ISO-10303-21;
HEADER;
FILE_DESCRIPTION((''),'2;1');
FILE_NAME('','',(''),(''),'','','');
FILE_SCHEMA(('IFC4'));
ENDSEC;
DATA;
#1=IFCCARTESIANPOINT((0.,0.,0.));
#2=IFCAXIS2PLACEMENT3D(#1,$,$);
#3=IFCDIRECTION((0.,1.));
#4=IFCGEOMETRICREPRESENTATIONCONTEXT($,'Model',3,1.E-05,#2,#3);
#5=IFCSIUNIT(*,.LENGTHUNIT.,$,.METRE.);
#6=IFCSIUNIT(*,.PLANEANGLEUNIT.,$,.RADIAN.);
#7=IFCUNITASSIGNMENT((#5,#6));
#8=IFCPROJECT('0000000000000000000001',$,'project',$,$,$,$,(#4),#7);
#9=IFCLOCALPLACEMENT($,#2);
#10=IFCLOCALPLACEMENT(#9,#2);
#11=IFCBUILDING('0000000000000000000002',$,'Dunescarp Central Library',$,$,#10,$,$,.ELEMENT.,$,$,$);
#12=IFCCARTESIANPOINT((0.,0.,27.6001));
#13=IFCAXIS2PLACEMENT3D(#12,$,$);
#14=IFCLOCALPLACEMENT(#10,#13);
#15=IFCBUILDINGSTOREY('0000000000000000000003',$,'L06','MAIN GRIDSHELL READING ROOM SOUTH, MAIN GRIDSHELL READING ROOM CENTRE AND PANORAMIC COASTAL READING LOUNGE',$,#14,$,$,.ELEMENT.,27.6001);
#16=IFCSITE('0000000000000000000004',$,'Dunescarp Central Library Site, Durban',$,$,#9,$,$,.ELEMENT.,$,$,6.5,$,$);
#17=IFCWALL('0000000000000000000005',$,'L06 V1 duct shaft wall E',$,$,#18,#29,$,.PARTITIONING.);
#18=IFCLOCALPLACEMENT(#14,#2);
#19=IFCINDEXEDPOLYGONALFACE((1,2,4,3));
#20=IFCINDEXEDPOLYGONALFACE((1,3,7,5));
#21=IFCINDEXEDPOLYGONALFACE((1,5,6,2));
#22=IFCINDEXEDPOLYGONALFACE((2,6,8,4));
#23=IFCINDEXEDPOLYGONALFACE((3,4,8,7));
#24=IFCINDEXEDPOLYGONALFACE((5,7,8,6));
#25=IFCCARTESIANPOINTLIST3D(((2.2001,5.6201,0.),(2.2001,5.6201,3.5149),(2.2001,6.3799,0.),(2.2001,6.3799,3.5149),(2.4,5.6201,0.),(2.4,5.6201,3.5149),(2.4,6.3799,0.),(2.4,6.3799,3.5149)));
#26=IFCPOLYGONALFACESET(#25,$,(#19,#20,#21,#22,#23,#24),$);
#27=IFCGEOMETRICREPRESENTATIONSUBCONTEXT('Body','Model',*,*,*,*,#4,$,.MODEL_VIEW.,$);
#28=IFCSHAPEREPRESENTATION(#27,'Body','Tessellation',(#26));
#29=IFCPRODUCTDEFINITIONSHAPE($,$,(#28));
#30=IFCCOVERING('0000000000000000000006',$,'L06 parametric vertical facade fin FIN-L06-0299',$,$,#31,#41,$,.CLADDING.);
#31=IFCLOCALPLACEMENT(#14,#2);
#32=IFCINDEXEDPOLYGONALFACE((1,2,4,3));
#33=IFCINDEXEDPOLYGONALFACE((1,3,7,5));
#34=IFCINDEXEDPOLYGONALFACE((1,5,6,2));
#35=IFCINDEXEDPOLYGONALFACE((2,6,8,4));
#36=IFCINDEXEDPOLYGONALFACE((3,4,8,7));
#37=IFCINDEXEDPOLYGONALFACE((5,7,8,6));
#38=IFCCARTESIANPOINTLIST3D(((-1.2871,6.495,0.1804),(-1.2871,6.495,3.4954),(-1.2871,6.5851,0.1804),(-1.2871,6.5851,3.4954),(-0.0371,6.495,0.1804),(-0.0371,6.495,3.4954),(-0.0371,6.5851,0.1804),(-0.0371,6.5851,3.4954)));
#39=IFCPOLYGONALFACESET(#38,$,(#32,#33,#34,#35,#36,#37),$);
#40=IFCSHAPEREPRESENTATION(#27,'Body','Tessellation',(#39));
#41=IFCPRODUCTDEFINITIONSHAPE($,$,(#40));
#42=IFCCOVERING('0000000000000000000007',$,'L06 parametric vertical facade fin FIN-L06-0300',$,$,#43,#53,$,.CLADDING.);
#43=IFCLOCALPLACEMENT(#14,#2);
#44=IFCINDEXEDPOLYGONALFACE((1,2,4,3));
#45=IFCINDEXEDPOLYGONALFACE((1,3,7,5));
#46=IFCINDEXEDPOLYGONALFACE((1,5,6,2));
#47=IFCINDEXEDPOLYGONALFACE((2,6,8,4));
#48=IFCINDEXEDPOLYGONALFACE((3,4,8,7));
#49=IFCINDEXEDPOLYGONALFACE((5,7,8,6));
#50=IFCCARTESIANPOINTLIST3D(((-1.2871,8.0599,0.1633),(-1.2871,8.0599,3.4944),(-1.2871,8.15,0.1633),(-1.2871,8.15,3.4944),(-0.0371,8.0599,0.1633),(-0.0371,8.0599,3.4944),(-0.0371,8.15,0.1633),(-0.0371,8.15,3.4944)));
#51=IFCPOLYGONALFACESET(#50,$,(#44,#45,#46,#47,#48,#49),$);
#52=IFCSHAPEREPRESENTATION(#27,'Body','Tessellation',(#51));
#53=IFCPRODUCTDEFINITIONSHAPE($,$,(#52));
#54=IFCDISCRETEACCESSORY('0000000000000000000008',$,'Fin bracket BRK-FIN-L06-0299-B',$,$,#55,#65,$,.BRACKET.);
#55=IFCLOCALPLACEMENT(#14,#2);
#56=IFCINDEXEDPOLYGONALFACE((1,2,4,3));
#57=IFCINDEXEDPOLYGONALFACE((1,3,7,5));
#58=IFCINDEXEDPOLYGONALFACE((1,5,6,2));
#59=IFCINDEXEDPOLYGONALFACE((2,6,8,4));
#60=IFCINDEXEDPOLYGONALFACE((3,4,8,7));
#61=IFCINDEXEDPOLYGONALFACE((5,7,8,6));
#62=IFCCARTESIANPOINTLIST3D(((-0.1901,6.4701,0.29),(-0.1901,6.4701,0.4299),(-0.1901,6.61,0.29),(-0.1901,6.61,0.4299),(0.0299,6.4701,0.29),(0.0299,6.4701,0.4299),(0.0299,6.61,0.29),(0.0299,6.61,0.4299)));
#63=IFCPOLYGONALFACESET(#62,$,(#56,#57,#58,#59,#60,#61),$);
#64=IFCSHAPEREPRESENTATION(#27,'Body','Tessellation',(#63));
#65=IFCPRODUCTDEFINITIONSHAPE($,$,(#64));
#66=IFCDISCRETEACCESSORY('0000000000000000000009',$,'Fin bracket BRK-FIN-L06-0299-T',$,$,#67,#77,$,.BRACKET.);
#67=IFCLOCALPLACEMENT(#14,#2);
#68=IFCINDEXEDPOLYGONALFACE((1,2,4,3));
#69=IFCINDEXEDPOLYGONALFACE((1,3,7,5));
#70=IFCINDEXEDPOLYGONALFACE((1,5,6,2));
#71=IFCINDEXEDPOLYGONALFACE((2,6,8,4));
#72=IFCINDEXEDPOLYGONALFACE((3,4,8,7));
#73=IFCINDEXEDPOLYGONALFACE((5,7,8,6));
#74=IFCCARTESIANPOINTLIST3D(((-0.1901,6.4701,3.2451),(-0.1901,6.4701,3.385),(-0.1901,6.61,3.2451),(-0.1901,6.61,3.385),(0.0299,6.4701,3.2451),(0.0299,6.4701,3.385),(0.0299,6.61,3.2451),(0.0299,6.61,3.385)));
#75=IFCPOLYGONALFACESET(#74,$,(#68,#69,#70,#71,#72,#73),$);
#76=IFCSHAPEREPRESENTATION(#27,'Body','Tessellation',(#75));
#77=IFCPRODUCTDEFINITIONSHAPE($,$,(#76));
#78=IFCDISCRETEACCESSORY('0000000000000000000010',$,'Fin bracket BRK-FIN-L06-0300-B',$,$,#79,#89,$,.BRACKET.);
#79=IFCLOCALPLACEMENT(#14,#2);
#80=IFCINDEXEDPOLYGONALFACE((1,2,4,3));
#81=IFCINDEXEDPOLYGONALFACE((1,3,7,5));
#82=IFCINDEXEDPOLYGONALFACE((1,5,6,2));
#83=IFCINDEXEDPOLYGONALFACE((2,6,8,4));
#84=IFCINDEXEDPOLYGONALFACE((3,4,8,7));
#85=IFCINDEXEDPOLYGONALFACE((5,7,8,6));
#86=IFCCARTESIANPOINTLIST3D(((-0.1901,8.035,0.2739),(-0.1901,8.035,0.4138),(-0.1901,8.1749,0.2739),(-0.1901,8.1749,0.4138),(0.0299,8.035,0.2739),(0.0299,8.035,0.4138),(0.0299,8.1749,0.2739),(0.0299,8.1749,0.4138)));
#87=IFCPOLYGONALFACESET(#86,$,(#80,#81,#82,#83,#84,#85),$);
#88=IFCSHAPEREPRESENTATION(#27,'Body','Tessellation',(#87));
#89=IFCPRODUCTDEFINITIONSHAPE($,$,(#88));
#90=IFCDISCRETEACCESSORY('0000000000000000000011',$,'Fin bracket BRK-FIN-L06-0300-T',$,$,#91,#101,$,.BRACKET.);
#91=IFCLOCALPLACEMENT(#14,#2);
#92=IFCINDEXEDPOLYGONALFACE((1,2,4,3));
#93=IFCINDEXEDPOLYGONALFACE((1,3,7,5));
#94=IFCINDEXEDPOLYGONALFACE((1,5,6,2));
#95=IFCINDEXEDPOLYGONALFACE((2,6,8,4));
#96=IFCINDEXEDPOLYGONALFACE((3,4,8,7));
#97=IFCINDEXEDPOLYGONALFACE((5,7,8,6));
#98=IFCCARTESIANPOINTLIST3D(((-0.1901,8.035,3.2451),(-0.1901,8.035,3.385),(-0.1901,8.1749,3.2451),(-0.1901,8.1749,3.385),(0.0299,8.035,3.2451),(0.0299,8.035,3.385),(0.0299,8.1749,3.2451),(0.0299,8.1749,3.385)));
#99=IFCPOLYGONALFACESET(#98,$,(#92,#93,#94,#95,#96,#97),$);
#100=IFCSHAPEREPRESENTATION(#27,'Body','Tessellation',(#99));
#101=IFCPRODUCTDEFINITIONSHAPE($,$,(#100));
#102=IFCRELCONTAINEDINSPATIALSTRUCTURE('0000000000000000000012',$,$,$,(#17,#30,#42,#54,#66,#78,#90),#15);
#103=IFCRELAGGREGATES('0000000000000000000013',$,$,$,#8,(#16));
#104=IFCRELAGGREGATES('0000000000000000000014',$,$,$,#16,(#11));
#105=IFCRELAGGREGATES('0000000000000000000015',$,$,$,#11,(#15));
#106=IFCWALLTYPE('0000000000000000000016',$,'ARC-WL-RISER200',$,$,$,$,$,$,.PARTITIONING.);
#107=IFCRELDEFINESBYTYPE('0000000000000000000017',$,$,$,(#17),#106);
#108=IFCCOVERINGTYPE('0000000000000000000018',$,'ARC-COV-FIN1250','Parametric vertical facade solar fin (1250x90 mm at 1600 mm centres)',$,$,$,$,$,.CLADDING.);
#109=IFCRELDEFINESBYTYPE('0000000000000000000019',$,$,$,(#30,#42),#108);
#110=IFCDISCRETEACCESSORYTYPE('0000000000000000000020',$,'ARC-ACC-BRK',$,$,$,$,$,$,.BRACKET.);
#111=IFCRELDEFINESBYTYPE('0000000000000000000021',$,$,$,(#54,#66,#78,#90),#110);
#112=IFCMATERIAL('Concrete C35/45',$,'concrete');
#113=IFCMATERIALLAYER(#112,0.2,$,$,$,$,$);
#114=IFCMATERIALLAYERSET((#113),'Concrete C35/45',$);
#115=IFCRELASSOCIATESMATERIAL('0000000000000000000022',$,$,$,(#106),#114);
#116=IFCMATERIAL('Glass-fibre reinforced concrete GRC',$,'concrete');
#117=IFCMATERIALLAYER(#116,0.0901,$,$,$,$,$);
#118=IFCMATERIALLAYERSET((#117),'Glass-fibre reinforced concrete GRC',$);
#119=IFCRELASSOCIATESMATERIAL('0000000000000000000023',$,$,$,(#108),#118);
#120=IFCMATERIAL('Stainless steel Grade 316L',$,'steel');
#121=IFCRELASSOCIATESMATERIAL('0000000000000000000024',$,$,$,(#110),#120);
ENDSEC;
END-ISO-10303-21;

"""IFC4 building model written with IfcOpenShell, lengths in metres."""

from ifc_helpers import new_model, si_unit, direction, frame, frame_2d, origin, origin_2d, place, context, subcontext, project, spatial, rectangle, extrude, material, layer, layer_set, type_object, element, save


model = new_model("IFC4")

# Units and contexts
model_context = context("Model", 3, precision=1e-05, world=origin(), true_north=direction((0.0, 1.0)))
body_context = subcontext(model_context, "Body", "Model", "MODEL_VIEW")
ifc_project = project(units=[si_unit("LENGTHUNIT", "METRE"), si_unit("PLANEANGLEUNIT", "RADIAN")], contexts=[model_context])

# Site, building, storey
site_placement = place(None, origin())
site = spatial("IfcSite", under=ifc_project, at=site_placement, Name="Dunescarp Central Library Site, Durban", CompositionType="ELEMENT", RefElevation=6.5)
building_placement = place(site_placement, origin())
building = spatial("IfcBuilding", under=site, at=building_placement, Name="Dunescarp Central Library", CompositionType="ELEMENT")
storey_placement = place(building_placement, frame((0.0, 0.0, 27.6001)))
storey = spatial("IfcBuildingStorey", under=building, at=storey_placement, Name="L06", Description="MAIN GRIDSHELL READING ROOM SOUTH, MAIN GRIDSHELL READING ROOM CENTRE AND PANORAMIC COASTAL READING LOUNGE", CompositionType="ELEMENT", Elevation=27.6001)

# Wall
ifc_material_1 = material(Name="Concrete C35/45", Category="concrete")
ifc_layer_1 = layer(ifc_material_1, 0.2)
ifc_layer_set_1 = layer_set([ifc_layer_1], Name="Concrete C35/45")
wall_type = type_object("IfcWallType", Name="ARC-WL-RISER200", PredefinedType="PARTITIONING", material=ifc_layer_set_1)
for number, where, z_axis, x_axis, name in (
    (1, (2.3, 6.3799, 0.0), (0.0, 0.0, 1.0), (0.0, -1.0, 0.0), "L06 V1 duct shaft wall E"),
):
    element("IfcWall", number, at=place(storey_placement, frame(where, z_axis=z_axis, x_axis=x_axis)), inside=storey, type_object=wall_type, Name=name, PredefinedType="PARTITIONING", context=body_context, shape_type="SweptSolid", body=[
        extrude(rectangle(XDim=0.7598, YDim=0.2, at=frame_2d((0.3799, 0.0))), origin(), (0.0, 0.0, 1.0), 3.5149),
    ])

# Coverings
ifc_material_2 = material(Name="Glass-fibre reinforced concrete GRC", Category="concrete")
ifc_layer_2 = layer(ifc_material_2, 0.0901)
ifc_layer_set_2 = layer_set([ifc_layer_2], Name="Glass-fibre reinforced concrete GRC")
covering_type = type_object("IfcCoveringType", Name="ARC-COV-FIN1250", Description="Parametric vertical facade solar fin (1250x90 mm at 1600 mm centres)", PredefinedType="CLADDING", material=ifc_layer_set_2)
covering_1_placement = place(storey_placement, frame((-0.6621, 6.54, 0.1804), z_axis=(0.0, 0.0, 1.0), x_axis=(-1.0, 0.0, 0.0)))
element("IfcCovering", 2, at=covering_1_placement, inside=storey, type_object=covering_type, Name="L06 parametric vertical facade fin FIN-L06-0299", PredefinedType="CLADDING", context=body_context, shape_type="SweptSolid", body=[
    extrude(rectangle(XDim=1.25, YDim=0.0901, at=origin_2d()), origin(), (0.0, 0.0, 1.0), 3.3149),
])
covering_2_placement = place(storey_placement, frame((-0.6621, 8.105, 0.1633), z_axis=(0.0, 0.0, 1.0), x_axis=(-1.0, 0.0, 0.0)))
element("IfcCovering", 3, at=covering_2_placement, inside=storey, type_object=covering_type, Name="L06 parametric vertical facade fin FIN-L06-0300", PredefinedType="CLADDING", context=body_context, shape_type="SweptSolid", body=[
    extrude(rectangle(XDim=1.25, YDim=0.0901, at=origin_2d()), origin(), (0.0, 0.0, 1.0), 3.3311),
])

# Discrete accessories
ifc_material_3 = material(Name="Stainless steel Grade 316L", Category="steel")
discrete_accessory_type = type_object("IfcDiscreteAccessoryType", Name="ARC-ACC-BRK", PredefinedType="BRACKET", material=ifc_material_3)
for number, where, z_axis, x_axis, name in (
    (4, (-0.0801, 6.54, 0.29), (0.0, 0.0, 1.0), (-1.0, 0.0, 0.0), "Fin bracket BRK-FIN-L06-0299-B"),
    (5, (-0.0801, 6.54, 3.2451), (0.0, 0.0, 1.0), (-1.0, 0.0, 0.0), "Fin bracket BRK-FIN-L06-0299-T"),
    (6, (-0.0801, 8.105, 0.2739), (0.0, 0.0, 1.0), (-1.0, 0.0, 0.0), "Fin bracket BRK-FIN-L06-0300-B"),
    (7, (-0.0801, 8.105, 3.2451), (0.0, 0.0, 1.0), (-1.0, 0.0, 0.0), "Fin bracket BRK-FIN-L06-0300-T"),
):
    element("IfcDiscreteAccessory", number, at=place(storey_placement, frame(where, z_axis=z_axis, x_axis=x_axis)), inside=storey, type_object=discrete_accessory_type, Name=name, PredefinedType="BRACKET", context=body_context, shape_type="SweptSolid", body=[
        extrude(rectangle(XDim=0.22, YDim=0.1399, at=origin_2d()), origin(), (0.0, 0.0, 1.0), 0.1399),
    ])

save(model, "model.ifc")
